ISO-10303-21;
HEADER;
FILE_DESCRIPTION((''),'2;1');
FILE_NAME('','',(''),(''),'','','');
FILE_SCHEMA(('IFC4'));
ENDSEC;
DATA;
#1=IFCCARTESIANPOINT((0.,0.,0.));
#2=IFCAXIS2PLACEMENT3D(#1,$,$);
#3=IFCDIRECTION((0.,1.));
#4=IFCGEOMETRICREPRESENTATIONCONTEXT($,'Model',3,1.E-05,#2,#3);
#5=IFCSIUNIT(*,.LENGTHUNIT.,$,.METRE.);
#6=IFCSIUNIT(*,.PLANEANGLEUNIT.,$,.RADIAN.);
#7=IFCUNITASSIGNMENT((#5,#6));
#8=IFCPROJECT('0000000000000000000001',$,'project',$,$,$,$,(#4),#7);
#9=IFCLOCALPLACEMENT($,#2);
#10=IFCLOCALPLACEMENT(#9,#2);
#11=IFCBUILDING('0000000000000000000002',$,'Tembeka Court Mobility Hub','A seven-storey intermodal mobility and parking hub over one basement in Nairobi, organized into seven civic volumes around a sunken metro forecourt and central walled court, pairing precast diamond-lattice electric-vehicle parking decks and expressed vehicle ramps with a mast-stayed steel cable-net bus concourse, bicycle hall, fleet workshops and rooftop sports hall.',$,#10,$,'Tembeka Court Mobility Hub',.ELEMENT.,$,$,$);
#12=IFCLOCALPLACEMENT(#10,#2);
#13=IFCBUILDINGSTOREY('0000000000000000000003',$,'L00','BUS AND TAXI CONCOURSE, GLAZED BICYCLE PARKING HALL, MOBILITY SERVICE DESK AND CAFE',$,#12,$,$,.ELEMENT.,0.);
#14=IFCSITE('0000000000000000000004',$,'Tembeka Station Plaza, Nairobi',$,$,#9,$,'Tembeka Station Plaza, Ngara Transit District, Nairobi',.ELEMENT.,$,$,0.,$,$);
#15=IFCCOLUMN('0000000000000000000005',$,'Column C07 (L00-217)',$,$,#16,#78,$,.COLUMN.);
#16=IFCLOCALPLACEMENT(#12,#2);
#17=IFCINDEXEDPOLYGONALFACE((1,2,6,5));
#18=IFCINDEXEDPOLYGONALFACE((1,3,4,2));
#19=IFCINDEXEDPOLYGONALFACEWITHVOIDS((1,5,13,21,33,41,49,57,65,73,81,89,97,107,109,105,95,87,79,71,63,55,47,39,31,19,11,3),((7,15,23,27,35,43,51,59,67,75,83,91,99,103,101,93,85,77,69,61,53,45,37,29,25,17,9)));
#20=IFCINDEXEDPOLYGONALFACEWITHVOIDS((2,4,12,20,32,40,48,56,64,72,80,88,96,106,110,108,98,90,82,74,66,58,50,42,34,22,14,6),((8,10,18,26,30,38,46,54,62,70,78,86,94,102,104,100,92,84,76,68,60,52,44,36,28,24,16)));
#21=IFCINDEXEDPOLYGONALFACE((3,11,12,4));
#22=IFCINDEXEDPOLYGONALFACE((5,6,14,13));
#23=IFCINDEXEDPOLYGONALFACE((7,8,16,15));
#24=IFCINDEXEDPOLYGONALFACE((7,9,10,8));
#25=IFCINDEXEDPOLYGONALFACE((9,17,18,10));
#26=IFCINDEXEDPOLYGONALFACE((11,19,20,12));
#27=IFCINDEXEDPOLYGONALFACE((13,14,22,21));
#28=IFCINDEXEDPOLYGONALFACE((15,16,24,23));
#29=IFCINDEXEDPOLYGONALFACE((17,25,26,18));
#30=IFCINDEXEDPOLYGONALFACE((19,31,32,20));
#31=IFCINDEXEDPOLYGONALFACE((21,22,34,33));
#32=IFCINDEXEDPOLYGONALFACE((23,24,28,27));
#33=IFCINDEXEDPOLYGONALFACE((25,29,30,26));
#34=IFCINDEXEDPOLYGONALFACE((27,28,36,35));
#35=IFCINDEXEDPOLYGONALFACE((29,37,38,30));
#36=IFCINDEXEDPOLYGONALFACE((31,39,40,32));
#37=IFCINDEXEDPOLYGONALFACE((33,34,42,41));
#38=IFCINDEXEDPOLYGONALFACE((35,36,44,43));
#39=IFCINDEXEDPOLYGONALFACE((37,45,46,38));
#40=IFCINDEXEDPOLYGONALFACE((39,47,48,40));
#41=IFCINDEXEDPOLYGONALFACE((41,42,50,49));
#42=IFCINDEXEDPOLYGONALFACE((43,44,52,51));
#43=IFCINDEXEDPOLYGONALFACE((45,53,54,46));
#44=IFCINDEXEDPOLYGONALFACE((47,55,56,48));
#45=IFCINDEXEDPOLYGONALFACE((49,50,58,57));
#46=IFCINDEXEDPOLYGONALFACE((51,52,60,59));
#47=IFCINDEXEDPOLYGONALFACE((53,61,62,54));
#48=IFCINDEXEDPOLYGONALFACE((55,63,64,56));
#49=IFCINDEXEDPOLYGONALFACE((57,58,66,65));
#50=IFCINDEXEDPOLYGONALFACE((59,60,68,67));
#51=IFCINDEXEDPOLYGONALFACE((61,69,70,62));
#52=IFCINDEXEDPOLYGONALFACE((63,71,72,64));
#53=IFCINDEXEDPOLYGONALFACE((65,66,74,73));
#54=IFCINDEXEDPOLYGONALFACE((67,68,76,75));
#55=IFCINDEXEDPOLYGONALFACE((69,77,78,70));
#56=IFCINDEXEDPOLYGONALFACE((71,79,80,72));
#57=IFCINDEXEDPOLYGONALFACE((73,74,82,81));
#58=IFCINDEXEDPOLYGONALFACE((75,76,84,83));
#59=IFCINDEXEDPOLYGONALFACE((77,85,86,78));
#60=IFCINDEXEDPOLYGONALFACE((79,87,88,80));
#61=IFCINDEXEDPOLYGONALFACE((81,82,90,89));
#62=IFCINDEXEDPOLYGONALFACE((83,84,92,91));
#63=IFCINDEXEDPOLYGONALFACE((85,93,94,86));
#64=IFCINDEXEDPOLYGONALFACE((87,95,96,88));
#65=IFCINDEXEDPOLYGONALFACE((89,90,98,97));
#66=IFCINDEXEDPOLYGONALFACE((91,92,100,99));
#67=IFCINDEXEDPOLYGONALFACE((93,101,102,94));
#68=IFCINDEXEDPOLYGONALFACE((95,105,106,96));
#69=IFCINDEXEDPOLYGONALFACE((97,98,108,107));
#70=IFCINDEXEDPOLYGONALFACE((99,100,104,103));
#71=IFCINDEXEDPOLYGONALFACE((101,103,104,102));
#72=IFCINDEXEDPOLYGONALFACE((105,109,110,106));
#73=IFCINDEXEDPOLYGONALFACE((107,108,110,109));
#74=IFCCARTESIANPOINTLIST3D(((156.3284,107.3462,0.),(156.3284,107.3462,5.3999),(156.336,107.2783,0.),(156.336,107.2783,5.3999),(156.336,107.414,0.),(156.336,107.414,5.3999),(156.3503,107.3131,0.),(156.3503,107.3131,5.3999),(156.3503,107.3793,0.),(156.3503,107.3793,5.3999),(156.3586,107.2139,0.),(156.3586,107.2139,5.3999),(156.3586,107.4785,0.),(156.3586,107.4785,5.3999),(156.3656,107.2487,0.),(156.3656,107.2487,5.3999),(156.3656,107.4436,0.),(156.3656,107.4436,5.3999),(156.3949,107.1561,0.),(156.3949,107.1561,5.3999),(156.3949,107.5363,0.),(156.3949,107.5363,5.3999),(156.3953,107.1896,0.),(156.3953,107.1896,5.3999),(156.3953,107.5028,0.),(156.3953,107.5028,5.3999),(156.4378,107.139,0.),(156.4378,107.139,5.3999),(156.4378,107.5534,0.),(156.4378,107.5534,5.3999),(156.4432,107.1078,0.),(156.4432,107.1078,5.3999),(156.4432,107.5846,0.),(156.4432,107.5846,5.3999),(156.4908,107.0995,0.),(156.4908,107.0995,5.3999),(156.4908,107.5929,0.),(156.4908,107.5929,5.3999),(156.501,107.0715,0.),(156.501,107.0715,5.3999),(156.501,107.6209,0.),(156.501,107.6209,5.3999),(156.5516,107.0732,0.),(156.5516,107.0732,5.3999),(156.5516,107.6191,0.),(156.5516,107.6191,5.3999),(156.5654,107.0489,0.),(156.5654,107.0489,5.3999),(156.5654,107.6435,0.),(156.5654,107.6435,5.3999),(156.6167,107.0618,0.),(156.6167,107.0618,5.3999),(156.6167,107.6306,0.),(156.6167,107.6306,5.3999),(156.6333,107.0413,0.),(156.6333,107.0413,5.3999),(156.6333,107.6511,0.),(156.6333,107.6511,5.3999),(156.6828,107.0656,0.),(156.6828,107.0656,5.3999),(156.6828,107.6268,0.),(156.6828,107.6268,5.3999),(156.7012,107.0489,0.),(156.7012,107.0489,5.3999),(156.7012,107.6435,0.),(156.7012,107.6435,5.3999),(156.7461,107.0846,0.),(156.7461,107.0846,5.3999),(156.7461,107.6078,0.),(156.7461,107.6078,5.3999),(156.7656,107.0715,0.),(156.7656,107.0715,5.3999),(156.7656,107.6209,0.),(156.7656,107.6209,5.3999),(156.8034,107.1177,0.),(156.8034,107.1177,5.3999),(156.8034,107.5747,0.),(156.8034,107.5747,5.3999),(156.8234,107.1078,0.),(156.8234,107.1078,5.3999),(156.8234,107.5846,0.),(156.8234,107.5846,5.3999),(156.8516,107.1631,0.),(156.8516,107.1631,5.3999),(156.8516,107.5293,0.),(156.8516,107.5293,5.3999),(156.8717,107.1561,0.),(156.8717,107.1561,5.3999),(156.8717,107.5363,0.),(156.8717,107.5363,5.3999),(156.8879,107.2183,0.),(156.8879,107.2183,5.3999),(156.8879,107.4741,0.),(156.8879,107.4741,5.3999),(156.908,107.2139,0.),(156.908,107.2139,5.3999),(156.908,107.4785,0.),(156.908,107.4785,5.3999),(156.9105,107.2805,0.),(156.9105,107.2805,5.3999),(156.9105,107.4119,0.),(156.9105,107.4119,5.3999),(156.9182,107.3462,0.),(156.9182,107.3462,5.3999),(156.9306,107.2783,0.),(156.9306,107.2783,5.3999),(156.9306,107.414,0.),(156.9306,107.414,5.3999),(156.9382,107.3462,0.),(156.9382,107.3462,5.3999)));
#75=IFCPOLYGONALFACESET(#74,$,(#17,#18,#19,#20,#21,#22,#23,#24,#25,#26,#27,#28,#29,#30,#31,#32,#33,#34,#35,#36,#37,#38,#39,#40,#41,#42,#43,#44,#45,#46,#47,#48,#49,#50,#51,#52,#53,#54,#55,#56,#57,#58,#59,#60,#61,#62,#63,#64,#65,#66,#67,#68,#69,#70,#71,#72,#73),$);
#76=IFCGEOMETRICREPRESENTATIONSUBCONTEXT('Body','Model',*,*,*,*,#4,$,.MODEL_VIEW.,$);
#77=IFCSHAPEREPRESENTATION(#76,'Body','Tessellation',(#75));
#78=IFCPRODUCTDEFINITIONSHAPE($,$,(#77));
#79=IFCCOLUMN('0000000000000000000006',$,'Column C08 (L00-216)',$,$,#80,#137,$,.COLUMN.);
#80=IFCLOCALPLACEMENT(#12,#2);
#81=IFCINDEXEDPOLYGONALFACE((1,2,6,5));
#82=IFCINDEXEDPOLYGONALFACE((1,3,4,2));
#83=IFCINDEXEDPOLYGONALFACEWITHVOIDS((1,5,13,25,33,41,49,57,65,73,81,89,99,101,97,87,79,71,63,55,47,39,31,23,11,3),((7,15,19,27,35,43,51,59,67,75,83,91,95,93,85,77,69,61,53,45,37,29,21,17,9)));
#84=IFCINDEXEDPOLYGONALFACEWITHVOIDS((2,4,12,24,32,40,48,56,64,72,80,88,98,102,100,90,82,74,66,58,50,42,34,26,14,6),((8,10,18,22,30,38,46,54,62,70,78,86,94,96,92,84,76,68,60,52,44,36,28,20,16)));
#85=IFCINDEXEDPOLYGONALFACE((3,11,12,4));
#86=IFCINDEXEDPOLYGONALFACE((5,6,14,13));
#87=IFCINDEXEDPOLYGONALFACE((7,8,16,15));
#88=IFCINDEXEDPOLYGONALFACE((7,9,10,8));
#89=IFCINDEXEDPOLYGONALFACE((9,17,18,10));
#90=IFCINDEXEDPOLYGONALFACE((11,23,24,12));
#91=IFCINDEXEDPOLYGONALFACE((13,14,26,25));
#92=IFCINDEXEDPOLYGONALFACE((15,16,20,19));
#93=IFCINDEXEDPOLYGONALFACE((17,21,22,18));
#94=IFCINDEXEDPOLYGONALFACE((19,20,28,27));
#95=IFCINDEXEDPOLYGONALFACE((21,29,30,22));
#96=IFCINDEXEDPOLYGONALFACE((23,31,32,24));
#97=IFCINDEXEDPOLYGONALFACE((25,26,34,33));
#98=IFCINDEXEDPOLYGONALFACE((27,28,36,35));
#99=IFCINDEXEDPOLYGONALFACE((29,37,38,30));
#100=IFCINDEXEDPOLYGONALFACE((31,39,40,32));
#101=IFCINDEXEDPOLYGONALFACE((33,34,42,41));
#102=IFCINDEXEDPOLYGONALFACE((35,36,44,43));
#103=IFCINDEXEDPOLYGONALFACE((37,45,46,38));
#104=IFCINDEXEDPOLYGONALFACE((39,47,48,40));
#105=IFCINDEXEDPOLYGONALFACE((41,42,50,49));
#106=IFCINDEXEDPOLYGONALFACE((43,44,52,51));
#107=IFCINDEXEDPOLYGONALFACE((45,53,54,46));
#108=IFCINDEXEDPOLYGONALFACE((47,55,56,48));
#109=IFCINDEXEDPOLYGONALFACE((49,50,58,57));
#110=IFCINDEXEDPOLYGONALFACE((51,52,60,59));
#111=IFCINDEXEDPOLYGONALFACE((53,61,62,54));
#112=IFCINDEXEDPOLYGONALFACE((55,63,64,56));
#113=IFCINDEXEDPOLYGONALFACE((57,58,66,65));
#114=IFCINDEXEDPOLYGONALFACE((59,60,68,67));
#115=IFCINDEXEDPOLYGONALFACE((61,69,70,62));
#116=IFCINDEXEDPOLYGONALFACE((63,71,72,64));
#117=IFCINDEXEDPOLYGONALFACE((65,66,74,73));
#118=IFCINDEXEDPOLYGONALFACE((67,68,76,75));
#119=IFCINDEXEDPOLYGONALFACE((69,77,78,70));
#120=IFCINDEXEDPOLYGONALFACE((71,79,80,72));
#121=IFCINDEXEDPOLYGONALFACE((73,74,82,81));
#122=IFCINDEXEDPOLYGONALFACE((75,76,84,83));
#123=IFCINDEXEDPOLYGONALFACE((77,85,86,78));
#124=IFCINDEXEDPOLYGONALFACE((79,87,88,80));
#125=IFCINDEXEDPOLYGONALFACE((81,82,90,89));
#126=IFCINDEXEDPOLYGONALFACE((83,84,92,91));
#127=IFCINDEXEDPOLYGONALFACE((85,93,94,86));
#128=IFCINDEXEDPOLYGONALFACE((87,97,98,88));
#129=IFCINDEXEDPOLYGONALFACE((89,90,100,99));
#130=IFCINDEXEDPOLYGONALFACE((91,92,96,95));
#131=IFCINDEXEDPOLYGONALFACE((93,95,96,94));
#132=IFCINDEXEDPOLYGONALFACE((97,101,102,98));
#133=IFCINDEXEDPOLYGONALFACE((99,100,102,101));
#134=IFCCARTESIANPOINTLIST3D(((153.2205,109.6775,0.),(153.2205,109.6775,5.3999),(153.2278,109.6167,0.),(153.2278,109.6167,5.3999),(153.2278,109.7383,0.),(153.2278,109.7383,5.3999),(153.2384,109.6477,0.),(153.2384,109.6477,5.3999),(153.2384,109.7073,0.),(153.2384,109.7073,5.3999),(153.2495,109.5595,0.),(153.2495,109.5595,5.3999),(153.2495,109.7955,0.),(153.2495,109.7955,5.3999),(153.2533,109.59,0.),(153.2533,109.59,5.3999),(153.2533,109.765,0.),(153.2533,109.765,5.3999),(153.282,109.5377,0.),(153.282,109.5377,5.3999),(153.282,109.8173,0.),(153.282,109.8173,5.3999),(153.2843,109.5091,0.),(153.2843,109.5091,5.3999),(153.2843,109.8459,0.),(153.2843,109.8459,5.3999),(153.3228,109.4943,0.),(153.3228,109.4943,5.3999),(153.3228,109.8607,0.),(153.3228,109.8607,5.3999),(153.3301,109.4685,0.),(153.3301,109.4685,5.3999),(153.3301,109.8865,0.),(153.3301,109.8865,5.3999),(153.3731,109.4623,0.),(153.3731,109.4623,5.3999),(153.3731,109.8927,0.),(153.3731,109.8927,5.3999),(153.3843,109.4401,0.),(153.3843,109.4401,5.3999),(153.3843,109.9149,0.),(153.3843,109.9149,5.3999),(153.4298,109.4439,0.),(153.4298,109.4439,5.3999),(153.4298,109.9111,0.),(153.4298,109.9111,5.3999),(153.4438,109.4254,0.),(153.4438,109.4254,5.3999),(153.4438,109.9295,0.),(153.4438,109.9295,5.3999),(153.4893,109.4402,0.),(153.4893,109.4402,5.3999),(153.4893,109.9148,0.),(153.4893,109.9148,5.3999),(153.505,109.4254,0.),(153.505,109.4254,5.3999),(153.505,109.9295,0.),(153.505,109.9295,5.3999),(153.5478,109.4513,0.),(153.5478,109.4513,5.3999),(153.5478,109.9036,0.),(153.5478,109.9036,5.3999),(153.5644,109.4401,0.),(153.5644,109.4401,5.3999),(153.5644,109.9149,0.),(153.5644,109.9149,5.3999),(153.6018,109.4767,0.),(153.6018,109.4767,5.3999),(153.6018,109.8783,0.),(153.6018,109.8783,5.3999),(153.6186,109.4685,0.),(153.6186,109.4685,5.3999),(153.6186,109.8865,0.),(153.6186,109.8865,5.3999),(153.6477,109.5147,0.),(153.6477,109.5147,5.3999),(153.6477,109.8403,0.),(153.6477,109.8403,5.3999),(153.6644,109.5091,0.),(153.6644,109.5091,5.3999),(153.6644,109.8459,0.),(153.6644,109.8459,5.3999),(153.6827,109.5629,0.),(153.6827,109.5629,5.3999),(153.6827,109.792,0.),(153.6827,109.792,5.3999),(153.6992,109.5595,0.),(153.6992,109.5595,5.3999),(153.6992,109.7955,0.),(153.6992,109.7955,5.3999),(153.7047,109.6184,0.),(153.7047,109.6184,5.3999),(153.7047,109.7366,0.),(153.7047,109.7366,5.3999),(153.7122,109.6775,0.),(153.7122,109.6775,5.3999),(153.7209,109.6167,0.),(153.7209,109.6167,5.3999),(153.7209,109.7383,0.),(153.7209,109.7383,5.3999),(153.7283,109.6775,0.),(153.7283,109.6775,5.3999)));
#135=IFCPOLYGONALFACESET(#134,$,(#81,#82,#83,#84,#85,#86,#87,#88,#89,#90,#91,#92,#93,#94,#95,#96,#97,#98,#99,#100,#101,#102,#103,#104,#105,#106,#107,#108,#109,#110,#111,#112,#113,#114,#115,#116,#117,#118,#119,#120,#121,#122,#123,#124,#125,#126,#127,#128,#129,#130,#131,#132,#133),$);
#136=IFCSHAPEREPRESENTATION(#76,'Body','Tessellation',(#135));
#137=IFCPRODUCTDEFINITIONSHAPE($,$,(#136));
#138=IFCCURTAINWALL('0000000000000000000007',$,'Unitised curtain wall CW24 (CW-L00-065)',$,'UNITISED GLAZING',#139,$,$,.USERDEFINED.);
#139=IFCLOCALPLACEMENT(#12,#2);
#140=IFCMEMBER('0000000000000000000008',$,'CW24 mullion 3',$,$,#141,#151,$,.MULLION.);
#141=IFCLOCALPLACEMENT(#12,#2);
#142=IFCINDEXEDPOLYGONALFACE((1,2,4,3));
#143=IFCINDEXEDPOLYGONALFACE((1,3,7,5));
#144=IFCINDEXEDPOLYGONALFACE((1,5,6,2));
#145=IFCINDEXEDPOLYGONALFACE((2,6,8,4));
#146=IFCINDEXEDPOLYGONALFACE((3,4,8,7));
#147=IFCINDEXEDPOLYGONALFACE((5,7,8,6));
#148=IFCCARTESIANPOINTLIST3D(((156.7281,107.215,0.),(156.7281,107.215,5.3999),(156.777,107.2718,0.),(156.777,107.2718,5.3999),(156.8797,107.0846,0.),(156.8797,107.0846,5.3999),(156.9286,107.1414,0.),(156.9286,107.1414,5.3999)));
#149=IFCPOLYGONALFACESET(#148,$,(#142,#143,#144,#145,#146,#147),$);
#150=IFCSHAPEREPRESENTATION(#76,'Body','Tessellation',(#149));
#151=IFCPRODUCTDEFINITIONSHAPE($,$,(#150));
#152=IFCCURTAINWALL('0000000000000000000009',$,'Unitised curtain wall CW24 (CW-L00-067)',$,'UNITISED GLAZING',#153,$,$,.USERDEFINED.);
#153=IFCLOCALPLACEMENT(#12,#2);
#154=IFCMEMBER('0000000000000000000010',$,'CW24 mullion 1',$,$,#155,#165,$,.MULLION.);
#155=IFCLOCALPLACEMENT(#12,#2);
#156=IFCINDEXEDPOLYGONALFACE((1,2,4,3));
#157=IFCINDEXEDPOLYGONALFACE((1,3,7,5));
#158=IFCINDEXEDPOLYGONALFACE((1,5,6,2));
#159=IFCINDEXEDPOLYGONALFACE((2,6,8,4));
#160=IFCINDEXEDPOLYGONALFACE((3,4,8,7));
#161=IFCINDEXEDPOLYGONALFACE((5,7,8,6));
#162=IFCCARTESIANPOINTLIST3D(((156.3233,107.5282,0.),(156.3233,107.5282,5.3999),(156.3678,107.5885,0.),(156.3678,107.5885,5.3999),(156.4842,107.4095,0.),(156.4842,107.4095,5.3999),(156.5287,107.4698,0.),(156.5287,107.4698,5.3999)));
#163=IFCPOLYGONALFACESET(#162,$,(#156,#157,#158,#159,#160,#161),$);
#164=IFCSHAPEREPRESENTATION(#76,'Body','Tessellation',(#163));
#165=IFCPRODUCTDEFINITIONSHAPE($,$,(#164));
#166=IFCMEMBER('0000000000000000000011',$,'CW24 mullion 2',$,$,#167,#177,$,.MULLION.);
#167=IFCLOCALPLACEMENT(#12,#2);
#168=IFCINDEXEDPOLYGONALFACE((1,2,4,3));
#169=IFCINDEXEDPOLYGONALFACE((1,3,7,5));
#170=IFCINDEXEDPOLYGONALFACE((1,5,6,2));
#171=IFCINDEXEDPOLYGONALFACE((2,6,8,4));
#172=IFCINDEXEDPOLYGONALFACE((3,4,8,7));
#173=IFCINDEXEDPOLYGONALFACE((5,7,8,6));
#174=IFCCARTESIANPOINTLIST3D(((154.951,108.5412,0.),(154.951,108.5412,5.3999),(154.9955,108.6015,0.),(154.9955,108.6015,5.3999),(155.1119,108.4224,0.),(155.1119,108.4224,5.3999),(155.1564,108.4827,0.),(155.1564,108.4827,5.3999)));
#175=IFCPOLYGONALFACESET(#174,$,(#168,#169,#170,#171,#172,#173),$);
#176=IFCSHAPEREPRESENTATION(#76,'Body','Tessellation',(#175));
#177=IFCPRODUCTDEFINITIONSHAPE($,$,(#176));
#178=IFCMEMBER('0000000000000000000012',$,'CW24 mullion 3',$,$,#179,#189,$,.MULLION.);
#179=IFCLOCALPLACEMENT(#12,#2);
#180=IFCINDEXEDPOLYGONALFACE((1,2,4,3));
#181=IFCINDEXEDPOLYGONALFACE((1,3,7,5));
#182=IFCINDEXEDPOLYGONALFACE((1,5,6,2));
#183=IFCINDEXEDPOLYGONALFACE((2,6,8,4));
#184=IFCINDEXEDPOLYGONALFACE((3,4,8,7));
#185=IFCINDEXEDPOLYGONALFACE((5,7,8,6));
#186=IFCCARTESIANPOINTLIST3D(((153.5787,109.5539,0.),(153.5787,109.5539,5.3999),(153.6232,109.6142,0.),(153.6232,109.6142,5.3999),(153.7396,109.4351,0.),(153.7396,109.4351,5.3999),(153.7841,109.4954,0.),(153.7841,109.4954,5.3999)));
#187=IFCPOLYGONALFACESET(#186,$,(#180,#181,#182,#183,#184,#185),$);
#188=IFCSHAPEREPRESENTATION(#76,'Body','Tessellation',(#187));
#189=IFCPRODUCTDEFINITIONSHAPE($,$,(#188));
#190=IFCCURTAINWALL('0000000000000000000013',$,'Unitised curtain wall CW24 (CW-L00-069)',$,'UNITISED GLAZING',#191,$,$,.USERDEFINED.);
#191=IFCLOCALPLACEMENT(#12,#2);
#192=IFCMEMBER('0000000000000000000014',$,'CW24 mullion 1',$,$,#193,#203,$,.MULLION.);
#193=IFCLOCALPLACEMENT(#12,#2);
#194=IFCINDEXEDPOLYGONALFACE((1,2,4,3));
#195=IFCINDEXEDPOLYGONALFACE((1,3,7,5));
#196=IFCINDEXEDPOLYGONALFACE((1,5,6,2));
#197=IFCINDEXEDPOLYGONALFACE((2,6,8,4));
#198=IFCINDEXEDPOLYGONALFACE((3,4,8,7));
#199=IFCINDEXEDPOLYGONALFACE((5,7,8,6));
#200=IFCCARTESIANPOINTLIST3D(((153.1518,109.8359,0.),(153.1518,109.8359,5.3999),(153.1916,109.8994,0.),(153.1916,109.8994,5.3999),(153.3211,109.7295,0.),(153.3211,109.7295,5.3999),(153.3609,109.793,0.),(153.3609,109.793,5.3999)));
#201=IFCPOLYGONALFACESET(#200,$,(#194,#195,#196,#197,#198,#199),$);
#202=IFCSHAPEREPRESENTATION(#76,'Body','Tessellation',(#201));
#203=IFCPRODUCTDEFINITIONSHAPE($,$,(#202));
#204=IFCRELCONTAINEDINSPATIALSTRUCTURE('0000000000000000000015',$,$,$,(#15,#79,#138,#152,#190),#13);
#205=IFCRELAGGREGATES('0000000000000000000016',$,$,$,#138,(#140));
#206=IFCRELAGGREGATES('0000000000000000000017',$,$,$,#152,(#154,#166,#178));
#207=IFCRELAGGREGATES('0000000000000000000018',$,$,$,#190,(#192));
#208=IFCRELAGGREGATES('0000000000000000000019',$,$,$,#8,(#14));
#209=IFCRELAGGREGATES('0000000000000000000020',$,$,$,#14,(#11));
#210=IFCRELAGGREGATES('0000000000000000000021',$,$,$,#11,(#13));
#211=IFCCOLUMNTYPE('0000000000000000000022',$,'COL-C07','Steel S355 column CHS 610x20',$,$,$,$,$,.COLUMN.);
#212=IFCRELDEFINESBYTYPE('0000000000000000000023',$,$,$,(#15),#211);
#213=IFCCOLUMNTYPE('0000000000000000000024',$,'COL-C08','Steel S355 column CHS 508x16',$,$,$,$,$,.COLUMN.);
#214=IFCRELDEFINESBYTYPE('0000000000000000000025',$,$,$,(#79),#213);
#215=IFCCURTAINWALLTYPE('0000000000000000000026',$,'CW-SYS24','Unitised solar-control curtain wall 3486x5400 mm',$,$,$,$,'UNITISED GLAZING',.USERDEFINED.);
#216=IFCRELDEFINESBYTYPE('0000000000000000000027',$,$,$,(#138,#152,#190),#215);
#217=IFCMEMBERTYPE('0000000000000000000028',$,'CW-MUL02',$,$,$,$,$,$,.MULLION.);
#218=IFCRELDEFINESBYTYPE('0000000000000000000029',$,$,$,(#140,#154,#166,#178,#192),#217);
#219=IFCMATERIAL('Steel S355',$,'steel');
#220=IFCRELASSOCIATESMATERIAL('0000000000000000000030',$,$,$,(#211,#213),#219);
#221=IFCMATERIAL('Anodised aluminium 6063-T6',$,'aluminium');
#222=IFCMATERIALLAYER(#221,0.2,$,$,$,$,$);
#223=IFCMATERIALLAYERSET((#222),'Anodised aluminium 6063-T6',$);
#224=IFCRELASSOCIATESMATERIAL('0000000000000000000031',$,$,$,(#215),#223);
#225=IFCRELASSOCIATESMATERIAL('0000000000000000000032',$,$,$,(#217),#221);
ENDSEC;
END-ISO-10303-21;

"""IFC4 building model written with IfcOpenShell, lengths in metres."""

from ifc_helpers import new_model, si_unit, direction, frame, origin, origin_2d, place, context, subcontext, project, spatial, rectangle, hollow_circle, extrude, material, layer, layer_set, material_profile, profile_set, type_object, element, aggregate, save


model = new_model("IFC4")

# Units and contexts
model_context = context("Model", 3, precision=1e-05, world=origin(), true_north=direction((0.0, 1.0)))
body_context = subcontext(model_context, "Body", "Model", "MODEL_VIEW")
ifc_project = project(units=[si_unit("LENGTHUNIT", "METRE"), si_unit("PLANEANGLEUNIT", "RADIAN")], contexts=[model_context])

# Site, building, storey
site_placement = place(None, origin())
site = spatial("IfcSite", under=ifc_project, at=site_placement, Name="Tembeka Station Plaza, Nairobi", LongName="Tembeka Station Plaza, Ngara Transit District, Nairobi", CompositionType="ELEMENT", RefElevation=0.0)
building_placement = place(site_placement, origin())
building = spatial("IfcBuilding", under=site, at=building_placement, Name="Tembeka Court Mobility Hub", Description="A seven-storey intermodal mobility and parking hub over one basement in Nairobi, organized into seven civic volumes around a sunken metro forecourt and central walled court, pairing precast diamond-lattice electric-vehicle parking decks and expressed vehicle ramps with a mast-stayed steel cable-net bus concourse, bicycle hall, fleet workshops and rooftop sports hall.", LongName="Tembeka Court Mobility Hub", CompositionType="ELEMENT")
storey_placement = place(building_placement, origin())
storey = spatial("IfcBuildingStorey", under=building, at=storey_placement, Name="L00", Description="BUS AND TAXI CONCOURSE, GLAZED BICYCLE PARKING HALL, MOBILITY SERVICE DESK AND CAFE", CompositionType="ELEMENT", Elevation=0.0)

# Columns
ifc_material_1 = material(Name="Steel S355", Category="steel")
ifc_material_profile_1 = material_profile(ifc_material_1, hollow_circle(Radius=0.3049, WallThickness=0.02, at=origin_2d()), Name="CHS 610x20")
ifc_profile_set_1 = profile_set([ifc_material_profile_1], Name="Steel S355")
column_type_1 = type_object("IfcColumnType", Name="COL-C07", Description="Steel S355 column CHS 610x20", PredefinedType="COLUMN", material=ifc_profile_set_1)
column_1_placement = place(storey_placement, frame((156.6333, 107.3462, 0.0), z_axis=(0.0, 0.0, 1.0), x_axis=(1.0, 0.0, 0.0)))
element("IfcColumn", 1, at=column_1_placement, inside=storey, type_object=column_type_1, Name="Column C07 (L00-217)", PredefinedType="COLUMN", context=body_context, shape_type="SweptSolid", body=[
    extrude(hollow_circle(Radius=0.3049, WallThickness=0.02, at=origin_2d()), origin(), (0.0, 0.0, 1.0), 5.3999),
])
ifc_material_profile_2 = material_profile(ifc_material_1, hollow_circle(Radius=0.2539, WallThickness=0.0161, at=origin_2d()), Name="CHS 508x16")
ifc_profile_set_2 = profile_set([ifc_material_profile_2], Name="Steel S355")
column_type_2 = type_object("IfcColumnType", Name="COL-C08", Description="Steel S355 column CHS 508x16", PredefinedType="COLUMN", material=ifc_profile_set_2)
column_2_placement = place(storey_placement, frame((153.4744, 109.6775, 0.0), z_axis=(0.0, 0.0, 1.0), x_axis=(1.0, 0.0, 0.0)))
element("IfcColumn", 2, at=column_2_placement, inside=storey, type_object=column_type_2, Name="Column C08 (L00-216)", PredefinedType="COLUMN", context=body_context, shape_type="SweptSolid", body=[
    extrude(hollow_circle(Radius=0.2539, WallThickness=0.0161, at=origin_2d()), origin(), (0.0, 0.0, 1.0), 5.3999),
])

# Curtain wall, member
ifc_material_2 = material(Name="Anodised aluminium 6063-T6", Category="aluminium")
ifc_layer_1 = layer(ifc_material_2, 0.2)
ifc_layer_set_1 = layer_set([ifc_layer_1], Name="Anodised aluminium 6063-T6")
curtain_wall_type = type_object("IfcCurtainWallType", Name="CW-SYS24", Description="Unitised solar-control curtain wall 3486x5400 mm", ElementType="UNITISED GLAZING", PredefinedType="USERDEFINED", material=ifc_layer_set_1)
curtain_wall_1_placement = place(storey_placement, origin())
curtain_wall_1 = element("IfcCurtainWall", 3, at=curtain_wall_1_placement, inside=storey, type_object=curtain_wall_type, Name="Unitised curtain wall CW24 (CW-L00-065)", ObjectType="UNITISED GLAZING", PredefinedType="USERDEFINED")
ifc_material_profile_3 = material_profile(ifc_material_2, rectangle(XDim=0.075, YDim=0.2, at=origin_2d()), Name="ALU-MUL 75x200")
ifc_profile_set_3 = profile_set([ifc_material_profile_3], Name="Anodised aluminium 6063-T6")
member_type_1 = type_object("IfcMemberType", Name="CW-MUL02", PredefinedType="MULLION", material=ifc_profile_set_3)
member_1_placement = place(storey_placement, frame((156.8284, 107.1782, 0.0), z_axis=(0.0, 0.0, 1.0), x_axis=(-0.652307, -0.757955, 0.0)))
member_1 = element("IfcMember", 4, at=member_1_placement, type_object=member_type_1, Name="CW24 mullion 3", PredefinedType="MULLION", context=body_context, shape_type="SweptSolid", body=[
    extrude(rectangle(XDim=0.075, YDim=0.2, at=origin_2d()), origin(), (0.0, 0.0, 1.0), 5.3999),
])

# Curtain wall, members
curtain_wall_2_placement = place(storey_placement, origin())
curtain_wall_2 = element("IfcCurtainWall", 5, at=curtain_wall_2_placement, inside=storey, type_object=curtain_wall_type, Name="Unitised curtain wall CW24 (CW-L00-067)", ObjectType="UNITISED GLAZING", PredefinedType="USERDEFINED")
member_2_placement = place(storey_placement, frame((156.426, 107.499, 0.0), z_axis=(0.0, 0.0, 1.0), x_axis=(-0.593818, -0.804599, 0.0)))
member_2 = element("IfcMember", 6, at=member_2_placement, type_object=member_type_1, Name="CW24 mullion 1", PredefinedType="MULLION", context=body_context, shape_type="SweptSolid", body=[
    extrude(rectangle(XDim=0.075, YDim=0.2, at=origin_2d()), origin(), (0.0, 0.0, 1.0), 5.3999),
])
member_3_placement = place(storey_placement, frame((155.0537, 108.512, 0.0), z_axis=(0.0, 0.0, 1.0), x_axis=(-0.593818, -0.804599, 0.0)))
member_3 = element("IfcMember", 7, at=member_3_placement, type_object=member_type_1, Name="CW24 mullion 2", PredefinedType="MULLION", context=body_context, shape_type="SweptSolid", body=[
    extrude(rectangle(XDim=0.075, YDim=0.2, at=origin_2d()), origin(), (0.0, 0.0, 1.0), 5.3999),
])
member_4_placement = place(storey_placement, frame((153.6814, 109.5247, 0.0), z_axis=(0.0, 0.0, 1.0), x_axis=(-0.593818, -0.804599, 0.0)))
member_4 = element("IfcMember", 8, at=member_4_placement, type_object=member_type_1, Name="CW24 mullion 3", PredefinedType="MULLION", context=body_context, shape_type="SweptSolid", body=[
    extrude(rectangle(XDim=0.075, YDim=0.2, at=origin_2d()), origin(), (0.0, 0.0, 1.0), 5.3999),
])

# Curtain wall, member
curtain_wall_3_placement = place(storey_placement, origin())
curtain_wall_3 = element("IfcCurtainWall", 9, at=curtain_wall_3_placement, inside=storey, type_object=curtain_wall_type, Name="Unitised curtain wall CW24 (CW-L00-069)", ObjectType="UNITISED GLAZING", PredefinedType="USERDEFINED")
member_5_placement = place(storey_placement, frame((153.2563, 109.8145, 0.0), z_axis=(0.0, 0.0, 1.0), x_axis=(-0.532058, -0.846708, 0.0)))
member_5 = element("IfcMember", 10, at=member_5_placement, type_object=member_type_1, Name="CW24 mullion 1", PredefinedType="MULLION", context=body_context, shape_type="SweptSolid", body=[
    extrude(rectangle(XDim=0.075, YDim=0.2, at=origin_2d()), origin(), (0.0, 0.0, 1.0), 5.3999),
])

aggregate(curtain_wall_1, [member_1])
aggregate(curtain_wall_2, [member_2, member_3, member_4])
aggregate(curtain_wall_3, [member_5])

save(model, "model.ifc")
